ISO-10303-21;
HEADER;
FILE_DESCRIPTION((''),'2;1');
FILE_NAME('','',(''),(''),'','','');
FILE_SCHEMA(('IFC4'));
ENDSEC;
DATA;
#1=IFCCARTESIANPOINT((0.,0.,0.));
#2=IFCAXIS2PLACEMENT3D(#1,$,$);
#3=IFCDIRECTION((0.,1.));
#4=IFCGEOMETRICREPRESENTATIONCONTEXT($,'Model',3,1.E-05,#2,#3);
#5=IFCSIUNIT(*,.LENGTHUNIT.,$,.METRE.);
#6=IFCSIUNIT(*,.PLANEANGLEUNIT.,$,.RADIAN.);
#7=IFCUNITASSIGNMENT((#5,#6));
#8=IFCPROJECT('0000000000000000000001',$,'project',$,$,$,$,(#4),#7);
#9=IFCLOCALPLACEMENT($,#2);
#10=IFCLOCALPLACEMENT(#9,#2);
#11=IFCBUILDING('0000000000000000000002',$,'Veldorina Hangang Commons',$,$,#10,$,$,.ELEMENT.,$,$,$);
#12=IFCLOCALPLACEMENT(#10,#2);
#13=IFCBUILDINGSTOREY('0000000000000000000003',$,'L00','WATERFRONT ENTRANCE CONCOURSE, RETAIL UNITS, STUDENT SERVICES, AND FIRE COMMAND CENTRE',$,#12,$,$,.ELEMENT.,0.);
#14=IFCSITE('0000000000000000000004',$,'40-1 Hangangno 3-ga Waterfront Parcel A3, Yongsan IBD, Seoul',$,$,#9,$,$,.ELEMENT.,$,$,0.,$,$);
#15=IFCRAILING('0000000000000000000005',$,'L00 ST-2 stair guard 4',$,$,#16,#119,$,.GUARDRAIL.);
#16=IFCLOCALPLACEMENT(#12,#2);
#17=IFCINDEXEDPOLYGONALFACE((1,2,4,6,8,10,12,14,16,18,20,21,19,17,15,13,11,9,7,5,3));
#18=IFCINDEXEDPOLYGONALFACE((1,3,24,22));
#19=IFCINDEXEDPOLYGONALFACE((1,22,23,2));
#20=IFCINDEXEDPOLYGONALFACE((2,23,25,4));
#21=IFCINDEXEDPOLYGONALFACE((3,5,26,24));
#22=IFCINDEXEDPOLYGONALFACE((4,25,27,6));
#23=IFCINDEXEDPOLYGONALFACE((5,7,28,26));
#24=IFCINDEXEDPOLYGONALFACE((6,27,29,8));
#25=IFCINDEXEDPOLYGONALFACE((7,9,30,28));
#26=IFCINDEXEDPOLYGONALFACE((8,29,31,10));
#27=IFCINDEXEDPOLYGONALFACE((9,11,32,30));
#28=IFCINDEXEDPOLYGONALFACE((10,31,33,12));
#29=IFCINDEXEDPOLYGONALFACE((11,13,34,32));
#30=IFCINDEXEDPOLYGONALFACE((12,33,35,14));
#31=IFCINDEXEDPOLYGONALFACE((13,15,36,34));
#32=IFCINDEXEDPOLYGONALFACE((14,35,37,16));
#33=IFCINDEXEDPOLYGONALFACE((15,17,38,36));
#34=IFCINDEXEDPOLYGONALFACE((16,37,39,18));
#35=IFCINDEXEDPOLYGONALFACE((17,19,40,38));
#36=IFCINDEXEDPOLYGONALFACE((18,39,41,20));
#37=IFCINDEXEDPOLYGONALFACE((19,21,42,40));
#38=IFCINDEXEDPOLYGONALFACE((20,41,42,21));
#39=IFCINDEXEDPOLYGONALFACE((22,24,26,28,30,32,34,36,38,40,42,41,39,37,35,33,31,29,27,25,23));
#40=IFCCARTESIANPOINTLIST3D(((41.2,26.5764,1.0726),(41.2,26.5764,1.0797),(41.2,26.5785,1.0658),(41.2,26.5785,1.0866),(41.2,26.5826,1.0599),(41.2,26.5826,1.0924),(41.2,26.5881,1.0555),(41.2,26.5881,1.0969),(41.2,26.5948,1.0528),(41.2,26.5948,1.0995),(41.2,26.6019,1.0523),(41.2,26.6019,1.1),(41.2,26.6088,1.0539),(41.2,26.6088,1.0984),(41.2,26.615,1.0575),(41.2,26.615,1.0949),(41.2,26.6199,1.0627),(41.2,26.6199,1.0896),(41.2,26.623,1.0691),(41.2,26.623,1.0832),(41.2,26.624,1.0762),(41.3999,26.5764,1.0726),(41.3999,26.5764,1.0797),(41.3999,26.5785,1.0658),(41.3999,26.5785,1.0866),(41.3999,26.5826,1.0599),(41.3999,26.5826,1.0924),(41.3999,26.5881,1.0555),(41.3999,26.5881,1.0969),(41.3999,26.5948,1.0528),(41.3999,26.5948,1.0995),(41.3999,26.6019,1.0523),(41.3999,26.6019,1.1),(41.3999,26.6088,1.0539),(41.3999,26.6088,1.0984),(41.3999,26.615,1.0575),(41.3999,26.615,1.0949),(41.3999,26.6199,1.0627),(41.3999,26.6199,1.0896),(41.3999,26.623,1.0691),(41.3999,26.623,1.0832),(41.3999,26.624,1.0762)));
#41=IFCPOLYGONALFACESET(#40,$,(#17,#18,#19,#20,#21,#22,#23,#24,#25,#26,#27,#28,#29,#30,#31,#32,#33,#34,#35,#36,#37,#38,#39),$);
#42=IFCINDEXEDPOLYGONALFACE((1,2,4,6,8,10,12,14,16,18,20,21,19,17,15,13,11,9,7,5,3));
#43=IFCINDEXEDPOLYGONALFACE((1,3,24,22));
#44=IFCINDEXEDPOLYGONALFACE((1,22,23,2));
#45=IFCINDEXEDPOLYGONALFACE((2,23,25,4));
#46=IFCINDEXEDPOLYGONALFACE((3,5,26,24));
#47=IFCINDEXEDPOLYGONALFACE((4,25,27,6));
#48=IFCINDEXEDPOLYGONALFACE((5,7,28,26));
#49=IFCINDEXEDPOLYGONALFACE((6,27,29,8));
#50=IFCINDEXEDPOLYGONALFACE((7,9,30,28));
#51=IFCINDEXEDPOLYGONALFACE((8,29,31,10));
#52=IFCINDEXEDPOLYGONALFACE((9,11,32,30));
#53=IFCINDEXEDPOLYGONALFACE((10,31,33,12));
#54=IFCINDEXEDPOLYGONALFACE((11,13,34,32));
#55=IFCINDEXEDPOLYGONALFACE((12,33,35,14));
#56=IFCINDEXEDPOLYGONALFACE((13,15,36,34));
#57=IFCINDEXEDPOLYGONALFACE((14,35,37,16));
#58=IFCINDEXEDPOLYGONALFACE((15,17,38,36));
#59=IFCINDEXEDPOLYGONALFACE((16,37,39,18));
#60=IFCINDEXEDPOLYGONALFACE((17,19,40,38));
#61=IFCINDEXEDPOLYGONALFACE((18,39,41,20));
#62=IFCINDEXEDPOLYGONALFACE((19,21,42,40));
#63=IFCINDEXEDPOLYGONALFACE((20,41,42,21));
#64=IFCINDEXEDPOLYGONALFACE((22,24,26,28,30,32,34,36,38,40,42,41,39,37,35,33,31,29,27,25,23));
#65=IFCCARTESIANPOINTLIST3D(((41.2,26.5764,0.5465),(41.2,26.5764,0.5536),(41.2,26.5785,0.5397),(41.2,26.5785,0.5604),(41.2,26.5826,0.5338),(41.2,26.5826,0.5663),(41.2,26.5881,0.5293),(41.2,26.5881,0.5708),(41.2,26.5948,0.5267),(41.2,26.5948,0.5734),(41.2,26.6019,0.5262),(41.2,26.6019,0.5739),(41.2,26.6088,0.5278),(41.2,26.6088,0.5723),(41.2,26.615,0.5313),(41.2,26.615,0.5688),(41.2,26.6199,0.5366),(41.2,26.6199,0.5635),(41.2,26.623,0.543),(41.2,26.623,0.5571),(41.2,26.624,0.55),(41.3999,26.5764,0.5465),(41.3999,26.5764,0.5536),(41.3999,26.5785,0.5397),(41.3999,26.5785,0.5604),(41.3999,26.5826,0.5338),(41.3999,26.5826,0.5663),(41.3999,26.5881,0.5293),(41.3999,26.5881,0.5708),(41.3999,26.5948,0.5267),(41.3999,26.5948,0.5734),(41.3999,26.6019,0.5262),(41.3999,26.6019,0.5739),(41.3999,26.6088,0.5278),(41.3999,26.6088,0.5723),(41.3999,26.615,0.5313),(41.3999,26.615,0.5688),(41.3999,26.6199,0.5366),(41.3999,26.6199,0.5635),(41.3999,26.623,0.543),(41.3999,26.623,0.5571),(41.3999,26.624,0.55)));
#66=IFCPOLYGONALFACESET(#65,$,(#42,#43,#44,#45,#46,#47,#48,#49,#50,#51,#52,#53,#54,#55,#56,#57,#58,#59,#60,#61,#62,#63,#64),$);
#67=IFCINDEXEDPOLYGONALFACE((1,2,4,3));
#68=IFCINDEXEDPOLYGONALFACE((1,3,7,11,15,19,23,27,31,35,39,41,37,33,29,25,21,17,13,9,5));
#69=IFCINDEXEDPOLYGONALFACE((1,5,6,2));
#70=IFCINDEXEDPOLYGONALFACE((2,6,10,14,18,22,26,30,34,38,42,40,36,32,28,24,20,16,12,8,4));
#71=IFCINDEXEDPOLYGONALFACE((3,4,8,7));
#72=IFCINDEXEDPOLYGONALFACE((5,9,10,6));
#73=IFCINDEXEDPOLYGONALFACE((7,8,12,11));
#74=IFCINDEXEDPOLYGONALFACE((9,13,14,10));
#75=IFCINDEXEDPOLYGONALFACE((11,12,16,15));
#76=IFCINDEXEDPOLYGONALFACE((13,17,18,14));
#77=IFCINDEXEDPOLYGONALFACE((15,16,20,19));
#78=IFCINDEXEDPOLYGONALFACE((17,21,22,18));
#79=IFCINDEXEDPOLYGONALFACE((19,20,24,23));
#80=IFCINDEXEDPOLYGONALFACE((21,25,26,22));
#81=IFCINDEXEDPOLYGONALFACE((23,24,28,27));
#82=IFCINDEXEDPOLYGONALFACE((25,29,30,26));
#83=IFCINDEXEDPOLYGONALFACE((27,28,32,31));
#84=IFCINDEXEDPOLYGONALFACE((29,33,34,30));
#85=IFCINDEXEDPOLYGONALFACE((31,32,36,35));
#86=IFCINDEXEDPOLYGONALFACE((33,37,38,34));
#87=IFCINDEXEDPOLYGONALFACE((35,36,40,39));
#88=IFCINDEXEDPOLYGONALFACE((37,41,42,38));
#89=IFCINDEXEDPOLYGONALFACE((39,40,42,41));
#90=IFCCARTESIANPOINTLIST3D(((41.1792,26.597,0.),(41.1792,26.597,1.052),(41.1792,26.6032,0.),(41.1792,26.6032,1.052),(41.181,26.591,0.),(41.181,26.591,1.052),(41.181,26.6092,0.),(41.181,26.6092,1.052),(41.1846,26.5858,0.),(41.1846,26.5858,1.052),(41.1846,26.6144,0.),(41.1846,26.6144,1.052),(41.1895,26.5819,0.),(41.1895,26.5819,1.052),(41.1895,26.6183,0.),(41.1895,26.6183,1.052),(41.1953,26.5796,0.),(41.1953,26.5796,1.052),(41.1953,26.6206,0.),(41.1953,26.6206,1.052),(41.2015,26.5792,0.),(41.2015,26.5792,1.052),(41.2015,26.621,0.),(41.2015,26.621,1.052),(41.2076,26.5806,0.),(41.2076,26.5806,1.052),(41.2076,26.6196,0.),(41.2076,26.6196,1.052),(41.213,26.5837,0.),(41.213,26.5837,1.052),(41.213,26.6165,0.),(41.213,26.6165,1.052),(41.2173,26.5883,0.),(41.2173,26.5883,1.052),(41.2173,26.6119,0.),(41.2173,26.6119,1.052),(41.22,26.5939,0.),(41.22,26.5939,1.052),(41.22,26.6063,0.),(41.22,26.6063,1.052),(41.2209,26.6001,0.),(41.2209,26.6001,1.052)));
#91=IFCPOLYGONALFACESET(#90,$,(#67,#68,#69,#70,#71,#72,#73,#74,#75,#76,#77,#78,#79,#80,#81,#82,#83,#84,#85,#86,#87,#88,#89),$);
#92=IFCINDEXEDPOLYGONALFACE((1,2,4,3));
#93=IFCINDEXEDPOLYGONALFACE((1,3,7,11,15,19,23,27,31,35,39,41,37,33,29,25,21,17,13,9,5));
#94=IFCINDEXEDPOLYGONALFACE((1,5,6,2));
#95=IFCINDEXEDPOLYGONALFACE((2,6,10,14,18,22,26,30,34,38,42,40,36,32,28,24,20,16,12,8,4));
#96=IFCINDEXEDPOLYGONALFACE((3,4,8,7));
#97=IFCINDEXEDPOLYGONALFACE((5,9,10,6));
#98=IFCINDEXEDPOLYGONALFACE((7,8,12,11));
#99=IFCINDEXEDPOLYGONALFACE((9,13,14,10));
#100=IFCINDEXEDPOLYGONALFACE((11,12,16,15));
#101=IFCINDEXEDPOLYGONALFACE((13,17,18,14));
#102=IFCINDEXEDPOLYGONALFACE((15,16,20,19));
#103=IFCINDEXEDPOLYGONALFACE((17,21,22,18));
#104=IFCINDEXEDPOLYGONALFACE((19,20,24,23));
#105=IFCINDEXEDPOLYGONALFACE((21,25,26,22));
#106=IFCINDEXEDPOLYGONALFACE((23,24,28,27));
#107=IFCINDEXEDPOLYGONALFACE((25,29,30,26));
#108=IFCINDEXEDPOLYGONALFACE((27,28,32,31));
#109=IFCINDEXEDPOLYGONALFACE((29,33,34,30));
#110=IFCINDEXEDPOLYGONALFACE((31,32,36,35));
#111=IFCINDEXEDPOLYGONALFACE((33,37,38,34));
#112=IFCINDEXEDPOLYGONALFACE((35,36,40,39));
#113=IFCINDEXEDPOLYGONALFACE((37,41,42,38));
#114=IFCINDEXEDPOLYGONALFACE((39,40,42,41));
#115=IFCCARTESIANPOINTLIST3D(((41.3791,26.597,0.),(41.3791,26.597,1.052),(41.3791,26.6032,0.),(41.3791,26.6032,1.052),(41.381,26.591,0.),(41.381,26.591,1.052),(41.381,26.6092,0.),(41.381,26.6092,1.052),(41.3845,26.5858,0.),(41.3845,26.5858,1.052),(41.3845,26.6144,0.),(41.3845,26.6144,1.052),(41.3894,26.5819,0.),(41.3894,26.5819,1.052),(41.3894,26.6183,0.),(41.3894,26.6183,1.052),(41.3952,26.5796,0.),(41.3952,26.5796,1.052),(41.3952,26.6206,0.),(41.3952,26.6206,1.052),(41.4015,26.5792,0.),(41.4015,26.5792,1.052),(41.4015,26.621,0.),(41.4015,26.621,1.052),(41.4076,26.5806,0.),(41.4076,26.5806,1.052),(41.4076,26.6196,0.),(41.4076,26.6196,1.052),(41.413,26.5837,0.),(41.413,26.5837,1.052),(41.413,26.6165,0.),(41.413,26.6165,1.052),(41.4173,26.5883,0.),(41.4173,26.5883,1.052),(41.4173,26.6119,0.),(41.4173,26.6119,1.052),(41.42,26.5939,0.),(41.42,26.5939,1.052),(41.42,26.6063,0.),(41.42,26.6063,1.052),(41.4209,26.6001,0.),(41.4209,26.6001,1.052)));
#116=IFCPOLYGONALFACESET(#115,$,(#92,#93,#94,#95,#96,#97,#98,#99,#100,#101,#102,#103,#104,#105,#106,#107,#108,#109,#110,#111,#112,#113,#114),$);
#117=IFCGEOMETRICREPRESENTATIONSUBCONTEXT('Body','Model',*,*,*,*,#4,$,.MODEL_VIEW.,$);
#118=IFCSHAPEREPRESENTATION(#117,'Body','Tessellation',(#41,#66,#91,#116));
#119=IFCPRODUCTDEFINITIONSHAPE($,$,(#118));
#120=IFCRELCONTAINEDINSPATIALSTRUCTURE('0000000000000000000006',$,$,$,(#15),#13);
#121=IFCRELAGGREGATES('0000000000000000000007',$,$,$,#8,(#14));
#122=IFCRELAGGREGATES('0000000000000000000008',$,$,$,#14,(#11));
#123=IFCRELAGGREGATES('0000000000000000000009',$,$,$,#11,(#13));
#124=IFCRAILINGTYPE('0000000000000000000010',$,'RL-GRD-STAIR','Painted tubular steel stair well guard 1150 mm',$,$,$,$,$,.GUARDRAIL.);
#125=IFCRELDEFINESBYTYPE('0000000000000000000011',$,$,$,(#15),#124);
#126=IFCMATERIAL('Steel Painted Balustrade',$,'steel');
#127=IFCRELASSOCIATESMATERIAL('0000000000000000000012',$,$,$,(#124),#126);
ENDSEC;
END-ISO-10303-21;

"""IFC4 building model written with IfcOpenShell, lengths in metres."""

from ifc_helpers import new_model, si_unit, direction, frame, origin, origin_2d, place, context, subcontext, project, spatial, circle, extrude, material, type_object, element, save


model = new_model("IFC4")

# Units and contexts
model_context = context("Model", 3, precision=1e-05, world=origin(), true_north=direction((0.0, 1.0)))
body_context = subcontext(model_context, "Body", "Model", "MODEL_VIEW")
ifc_project = project(units=[si_unit("LENGTHUNIT", "METRE"), si_unit("PLANEANGLEUNIT", "RADIAN")], contexts=[model_context])

# Site, building, storey
site_placement = place(None, origin())
site = spatial("IfcSite", under=ifc_project, at=site_placement, Name="40-1 Hangangno 3-ga Waterfront Parcel A3, Yongsan IBD, Seoul", CompositionType="ELEMENT", RefElevation=0.0)
building_placement = place(site_placement, origin())
building = spatial("IfcBuilding", under=site, at=building_placement, Name="Veldorina Hangang Commons", CompositionType="ELEMENT")
storey_placement = place(building_placement, origin())
storey = spatial("IfcBuildingStorey", under=building, at=storey_placement, Name="L00", Description="WATERFRONT ENTRANCE CONCOURSE, RETAIL UNITS, STUDENT SERVICES, AND FIRE COMMAND CENTRE", CompositionType="ELEMENT", Elevation=0.0)

# Railing
ifc_material_1 = material(Name="Steel Painted Balustrade", Category="steel")
railing_type_1 = type_object("IfcRailingType", Name="RL-GRD-STAIR", Description="Painted tubular steel stair well guard 1150 mm", PredefinedType="GUARDRAIL", material=ifc_material_1)
railing_1_placement = place(storey_placement, frame((41.2, 26.6001, 0.0)))
element("IfcRailing", 1, at=railing_1_placement, inside=storey, type_object=railing_type_1, Name="L00 ST-2 stair guard 4", PredefinedType="GUARDRAIL", context=body_context, shape_type="SweptSolid", body=[
    extrude(circle(Radius=0.0239, at=origin_2d()), frame((0.0, 0.0, 1.0762), z_axis=(1.0, 0.0, 0.0), x_axis=(0.0, 1.0, 0.0)), (0.0, 0.0, 1.0), 0.2),
    extrude(circle(Radius=0.0239, at=origin_2d()), frame((0.0, 0.0, 0.55), z_axis=(1.0, 0.0, 0.0), x_axis=(0.0, 1.0, 0.0)), (0.0, 0.0, 1.0), 0.2),
    extrude(circle(Radius=0.021, at=origin_2d()), origin(), (0.0, 0.0, 1.0), 1.052),
    extrude(circle(Radius=0.021, at=origin_2d()), frame((0.2, 0.0, 0.0)), (0.0, 0.0, 1.0), 1.052),
])

save(model, "model.ifc")
